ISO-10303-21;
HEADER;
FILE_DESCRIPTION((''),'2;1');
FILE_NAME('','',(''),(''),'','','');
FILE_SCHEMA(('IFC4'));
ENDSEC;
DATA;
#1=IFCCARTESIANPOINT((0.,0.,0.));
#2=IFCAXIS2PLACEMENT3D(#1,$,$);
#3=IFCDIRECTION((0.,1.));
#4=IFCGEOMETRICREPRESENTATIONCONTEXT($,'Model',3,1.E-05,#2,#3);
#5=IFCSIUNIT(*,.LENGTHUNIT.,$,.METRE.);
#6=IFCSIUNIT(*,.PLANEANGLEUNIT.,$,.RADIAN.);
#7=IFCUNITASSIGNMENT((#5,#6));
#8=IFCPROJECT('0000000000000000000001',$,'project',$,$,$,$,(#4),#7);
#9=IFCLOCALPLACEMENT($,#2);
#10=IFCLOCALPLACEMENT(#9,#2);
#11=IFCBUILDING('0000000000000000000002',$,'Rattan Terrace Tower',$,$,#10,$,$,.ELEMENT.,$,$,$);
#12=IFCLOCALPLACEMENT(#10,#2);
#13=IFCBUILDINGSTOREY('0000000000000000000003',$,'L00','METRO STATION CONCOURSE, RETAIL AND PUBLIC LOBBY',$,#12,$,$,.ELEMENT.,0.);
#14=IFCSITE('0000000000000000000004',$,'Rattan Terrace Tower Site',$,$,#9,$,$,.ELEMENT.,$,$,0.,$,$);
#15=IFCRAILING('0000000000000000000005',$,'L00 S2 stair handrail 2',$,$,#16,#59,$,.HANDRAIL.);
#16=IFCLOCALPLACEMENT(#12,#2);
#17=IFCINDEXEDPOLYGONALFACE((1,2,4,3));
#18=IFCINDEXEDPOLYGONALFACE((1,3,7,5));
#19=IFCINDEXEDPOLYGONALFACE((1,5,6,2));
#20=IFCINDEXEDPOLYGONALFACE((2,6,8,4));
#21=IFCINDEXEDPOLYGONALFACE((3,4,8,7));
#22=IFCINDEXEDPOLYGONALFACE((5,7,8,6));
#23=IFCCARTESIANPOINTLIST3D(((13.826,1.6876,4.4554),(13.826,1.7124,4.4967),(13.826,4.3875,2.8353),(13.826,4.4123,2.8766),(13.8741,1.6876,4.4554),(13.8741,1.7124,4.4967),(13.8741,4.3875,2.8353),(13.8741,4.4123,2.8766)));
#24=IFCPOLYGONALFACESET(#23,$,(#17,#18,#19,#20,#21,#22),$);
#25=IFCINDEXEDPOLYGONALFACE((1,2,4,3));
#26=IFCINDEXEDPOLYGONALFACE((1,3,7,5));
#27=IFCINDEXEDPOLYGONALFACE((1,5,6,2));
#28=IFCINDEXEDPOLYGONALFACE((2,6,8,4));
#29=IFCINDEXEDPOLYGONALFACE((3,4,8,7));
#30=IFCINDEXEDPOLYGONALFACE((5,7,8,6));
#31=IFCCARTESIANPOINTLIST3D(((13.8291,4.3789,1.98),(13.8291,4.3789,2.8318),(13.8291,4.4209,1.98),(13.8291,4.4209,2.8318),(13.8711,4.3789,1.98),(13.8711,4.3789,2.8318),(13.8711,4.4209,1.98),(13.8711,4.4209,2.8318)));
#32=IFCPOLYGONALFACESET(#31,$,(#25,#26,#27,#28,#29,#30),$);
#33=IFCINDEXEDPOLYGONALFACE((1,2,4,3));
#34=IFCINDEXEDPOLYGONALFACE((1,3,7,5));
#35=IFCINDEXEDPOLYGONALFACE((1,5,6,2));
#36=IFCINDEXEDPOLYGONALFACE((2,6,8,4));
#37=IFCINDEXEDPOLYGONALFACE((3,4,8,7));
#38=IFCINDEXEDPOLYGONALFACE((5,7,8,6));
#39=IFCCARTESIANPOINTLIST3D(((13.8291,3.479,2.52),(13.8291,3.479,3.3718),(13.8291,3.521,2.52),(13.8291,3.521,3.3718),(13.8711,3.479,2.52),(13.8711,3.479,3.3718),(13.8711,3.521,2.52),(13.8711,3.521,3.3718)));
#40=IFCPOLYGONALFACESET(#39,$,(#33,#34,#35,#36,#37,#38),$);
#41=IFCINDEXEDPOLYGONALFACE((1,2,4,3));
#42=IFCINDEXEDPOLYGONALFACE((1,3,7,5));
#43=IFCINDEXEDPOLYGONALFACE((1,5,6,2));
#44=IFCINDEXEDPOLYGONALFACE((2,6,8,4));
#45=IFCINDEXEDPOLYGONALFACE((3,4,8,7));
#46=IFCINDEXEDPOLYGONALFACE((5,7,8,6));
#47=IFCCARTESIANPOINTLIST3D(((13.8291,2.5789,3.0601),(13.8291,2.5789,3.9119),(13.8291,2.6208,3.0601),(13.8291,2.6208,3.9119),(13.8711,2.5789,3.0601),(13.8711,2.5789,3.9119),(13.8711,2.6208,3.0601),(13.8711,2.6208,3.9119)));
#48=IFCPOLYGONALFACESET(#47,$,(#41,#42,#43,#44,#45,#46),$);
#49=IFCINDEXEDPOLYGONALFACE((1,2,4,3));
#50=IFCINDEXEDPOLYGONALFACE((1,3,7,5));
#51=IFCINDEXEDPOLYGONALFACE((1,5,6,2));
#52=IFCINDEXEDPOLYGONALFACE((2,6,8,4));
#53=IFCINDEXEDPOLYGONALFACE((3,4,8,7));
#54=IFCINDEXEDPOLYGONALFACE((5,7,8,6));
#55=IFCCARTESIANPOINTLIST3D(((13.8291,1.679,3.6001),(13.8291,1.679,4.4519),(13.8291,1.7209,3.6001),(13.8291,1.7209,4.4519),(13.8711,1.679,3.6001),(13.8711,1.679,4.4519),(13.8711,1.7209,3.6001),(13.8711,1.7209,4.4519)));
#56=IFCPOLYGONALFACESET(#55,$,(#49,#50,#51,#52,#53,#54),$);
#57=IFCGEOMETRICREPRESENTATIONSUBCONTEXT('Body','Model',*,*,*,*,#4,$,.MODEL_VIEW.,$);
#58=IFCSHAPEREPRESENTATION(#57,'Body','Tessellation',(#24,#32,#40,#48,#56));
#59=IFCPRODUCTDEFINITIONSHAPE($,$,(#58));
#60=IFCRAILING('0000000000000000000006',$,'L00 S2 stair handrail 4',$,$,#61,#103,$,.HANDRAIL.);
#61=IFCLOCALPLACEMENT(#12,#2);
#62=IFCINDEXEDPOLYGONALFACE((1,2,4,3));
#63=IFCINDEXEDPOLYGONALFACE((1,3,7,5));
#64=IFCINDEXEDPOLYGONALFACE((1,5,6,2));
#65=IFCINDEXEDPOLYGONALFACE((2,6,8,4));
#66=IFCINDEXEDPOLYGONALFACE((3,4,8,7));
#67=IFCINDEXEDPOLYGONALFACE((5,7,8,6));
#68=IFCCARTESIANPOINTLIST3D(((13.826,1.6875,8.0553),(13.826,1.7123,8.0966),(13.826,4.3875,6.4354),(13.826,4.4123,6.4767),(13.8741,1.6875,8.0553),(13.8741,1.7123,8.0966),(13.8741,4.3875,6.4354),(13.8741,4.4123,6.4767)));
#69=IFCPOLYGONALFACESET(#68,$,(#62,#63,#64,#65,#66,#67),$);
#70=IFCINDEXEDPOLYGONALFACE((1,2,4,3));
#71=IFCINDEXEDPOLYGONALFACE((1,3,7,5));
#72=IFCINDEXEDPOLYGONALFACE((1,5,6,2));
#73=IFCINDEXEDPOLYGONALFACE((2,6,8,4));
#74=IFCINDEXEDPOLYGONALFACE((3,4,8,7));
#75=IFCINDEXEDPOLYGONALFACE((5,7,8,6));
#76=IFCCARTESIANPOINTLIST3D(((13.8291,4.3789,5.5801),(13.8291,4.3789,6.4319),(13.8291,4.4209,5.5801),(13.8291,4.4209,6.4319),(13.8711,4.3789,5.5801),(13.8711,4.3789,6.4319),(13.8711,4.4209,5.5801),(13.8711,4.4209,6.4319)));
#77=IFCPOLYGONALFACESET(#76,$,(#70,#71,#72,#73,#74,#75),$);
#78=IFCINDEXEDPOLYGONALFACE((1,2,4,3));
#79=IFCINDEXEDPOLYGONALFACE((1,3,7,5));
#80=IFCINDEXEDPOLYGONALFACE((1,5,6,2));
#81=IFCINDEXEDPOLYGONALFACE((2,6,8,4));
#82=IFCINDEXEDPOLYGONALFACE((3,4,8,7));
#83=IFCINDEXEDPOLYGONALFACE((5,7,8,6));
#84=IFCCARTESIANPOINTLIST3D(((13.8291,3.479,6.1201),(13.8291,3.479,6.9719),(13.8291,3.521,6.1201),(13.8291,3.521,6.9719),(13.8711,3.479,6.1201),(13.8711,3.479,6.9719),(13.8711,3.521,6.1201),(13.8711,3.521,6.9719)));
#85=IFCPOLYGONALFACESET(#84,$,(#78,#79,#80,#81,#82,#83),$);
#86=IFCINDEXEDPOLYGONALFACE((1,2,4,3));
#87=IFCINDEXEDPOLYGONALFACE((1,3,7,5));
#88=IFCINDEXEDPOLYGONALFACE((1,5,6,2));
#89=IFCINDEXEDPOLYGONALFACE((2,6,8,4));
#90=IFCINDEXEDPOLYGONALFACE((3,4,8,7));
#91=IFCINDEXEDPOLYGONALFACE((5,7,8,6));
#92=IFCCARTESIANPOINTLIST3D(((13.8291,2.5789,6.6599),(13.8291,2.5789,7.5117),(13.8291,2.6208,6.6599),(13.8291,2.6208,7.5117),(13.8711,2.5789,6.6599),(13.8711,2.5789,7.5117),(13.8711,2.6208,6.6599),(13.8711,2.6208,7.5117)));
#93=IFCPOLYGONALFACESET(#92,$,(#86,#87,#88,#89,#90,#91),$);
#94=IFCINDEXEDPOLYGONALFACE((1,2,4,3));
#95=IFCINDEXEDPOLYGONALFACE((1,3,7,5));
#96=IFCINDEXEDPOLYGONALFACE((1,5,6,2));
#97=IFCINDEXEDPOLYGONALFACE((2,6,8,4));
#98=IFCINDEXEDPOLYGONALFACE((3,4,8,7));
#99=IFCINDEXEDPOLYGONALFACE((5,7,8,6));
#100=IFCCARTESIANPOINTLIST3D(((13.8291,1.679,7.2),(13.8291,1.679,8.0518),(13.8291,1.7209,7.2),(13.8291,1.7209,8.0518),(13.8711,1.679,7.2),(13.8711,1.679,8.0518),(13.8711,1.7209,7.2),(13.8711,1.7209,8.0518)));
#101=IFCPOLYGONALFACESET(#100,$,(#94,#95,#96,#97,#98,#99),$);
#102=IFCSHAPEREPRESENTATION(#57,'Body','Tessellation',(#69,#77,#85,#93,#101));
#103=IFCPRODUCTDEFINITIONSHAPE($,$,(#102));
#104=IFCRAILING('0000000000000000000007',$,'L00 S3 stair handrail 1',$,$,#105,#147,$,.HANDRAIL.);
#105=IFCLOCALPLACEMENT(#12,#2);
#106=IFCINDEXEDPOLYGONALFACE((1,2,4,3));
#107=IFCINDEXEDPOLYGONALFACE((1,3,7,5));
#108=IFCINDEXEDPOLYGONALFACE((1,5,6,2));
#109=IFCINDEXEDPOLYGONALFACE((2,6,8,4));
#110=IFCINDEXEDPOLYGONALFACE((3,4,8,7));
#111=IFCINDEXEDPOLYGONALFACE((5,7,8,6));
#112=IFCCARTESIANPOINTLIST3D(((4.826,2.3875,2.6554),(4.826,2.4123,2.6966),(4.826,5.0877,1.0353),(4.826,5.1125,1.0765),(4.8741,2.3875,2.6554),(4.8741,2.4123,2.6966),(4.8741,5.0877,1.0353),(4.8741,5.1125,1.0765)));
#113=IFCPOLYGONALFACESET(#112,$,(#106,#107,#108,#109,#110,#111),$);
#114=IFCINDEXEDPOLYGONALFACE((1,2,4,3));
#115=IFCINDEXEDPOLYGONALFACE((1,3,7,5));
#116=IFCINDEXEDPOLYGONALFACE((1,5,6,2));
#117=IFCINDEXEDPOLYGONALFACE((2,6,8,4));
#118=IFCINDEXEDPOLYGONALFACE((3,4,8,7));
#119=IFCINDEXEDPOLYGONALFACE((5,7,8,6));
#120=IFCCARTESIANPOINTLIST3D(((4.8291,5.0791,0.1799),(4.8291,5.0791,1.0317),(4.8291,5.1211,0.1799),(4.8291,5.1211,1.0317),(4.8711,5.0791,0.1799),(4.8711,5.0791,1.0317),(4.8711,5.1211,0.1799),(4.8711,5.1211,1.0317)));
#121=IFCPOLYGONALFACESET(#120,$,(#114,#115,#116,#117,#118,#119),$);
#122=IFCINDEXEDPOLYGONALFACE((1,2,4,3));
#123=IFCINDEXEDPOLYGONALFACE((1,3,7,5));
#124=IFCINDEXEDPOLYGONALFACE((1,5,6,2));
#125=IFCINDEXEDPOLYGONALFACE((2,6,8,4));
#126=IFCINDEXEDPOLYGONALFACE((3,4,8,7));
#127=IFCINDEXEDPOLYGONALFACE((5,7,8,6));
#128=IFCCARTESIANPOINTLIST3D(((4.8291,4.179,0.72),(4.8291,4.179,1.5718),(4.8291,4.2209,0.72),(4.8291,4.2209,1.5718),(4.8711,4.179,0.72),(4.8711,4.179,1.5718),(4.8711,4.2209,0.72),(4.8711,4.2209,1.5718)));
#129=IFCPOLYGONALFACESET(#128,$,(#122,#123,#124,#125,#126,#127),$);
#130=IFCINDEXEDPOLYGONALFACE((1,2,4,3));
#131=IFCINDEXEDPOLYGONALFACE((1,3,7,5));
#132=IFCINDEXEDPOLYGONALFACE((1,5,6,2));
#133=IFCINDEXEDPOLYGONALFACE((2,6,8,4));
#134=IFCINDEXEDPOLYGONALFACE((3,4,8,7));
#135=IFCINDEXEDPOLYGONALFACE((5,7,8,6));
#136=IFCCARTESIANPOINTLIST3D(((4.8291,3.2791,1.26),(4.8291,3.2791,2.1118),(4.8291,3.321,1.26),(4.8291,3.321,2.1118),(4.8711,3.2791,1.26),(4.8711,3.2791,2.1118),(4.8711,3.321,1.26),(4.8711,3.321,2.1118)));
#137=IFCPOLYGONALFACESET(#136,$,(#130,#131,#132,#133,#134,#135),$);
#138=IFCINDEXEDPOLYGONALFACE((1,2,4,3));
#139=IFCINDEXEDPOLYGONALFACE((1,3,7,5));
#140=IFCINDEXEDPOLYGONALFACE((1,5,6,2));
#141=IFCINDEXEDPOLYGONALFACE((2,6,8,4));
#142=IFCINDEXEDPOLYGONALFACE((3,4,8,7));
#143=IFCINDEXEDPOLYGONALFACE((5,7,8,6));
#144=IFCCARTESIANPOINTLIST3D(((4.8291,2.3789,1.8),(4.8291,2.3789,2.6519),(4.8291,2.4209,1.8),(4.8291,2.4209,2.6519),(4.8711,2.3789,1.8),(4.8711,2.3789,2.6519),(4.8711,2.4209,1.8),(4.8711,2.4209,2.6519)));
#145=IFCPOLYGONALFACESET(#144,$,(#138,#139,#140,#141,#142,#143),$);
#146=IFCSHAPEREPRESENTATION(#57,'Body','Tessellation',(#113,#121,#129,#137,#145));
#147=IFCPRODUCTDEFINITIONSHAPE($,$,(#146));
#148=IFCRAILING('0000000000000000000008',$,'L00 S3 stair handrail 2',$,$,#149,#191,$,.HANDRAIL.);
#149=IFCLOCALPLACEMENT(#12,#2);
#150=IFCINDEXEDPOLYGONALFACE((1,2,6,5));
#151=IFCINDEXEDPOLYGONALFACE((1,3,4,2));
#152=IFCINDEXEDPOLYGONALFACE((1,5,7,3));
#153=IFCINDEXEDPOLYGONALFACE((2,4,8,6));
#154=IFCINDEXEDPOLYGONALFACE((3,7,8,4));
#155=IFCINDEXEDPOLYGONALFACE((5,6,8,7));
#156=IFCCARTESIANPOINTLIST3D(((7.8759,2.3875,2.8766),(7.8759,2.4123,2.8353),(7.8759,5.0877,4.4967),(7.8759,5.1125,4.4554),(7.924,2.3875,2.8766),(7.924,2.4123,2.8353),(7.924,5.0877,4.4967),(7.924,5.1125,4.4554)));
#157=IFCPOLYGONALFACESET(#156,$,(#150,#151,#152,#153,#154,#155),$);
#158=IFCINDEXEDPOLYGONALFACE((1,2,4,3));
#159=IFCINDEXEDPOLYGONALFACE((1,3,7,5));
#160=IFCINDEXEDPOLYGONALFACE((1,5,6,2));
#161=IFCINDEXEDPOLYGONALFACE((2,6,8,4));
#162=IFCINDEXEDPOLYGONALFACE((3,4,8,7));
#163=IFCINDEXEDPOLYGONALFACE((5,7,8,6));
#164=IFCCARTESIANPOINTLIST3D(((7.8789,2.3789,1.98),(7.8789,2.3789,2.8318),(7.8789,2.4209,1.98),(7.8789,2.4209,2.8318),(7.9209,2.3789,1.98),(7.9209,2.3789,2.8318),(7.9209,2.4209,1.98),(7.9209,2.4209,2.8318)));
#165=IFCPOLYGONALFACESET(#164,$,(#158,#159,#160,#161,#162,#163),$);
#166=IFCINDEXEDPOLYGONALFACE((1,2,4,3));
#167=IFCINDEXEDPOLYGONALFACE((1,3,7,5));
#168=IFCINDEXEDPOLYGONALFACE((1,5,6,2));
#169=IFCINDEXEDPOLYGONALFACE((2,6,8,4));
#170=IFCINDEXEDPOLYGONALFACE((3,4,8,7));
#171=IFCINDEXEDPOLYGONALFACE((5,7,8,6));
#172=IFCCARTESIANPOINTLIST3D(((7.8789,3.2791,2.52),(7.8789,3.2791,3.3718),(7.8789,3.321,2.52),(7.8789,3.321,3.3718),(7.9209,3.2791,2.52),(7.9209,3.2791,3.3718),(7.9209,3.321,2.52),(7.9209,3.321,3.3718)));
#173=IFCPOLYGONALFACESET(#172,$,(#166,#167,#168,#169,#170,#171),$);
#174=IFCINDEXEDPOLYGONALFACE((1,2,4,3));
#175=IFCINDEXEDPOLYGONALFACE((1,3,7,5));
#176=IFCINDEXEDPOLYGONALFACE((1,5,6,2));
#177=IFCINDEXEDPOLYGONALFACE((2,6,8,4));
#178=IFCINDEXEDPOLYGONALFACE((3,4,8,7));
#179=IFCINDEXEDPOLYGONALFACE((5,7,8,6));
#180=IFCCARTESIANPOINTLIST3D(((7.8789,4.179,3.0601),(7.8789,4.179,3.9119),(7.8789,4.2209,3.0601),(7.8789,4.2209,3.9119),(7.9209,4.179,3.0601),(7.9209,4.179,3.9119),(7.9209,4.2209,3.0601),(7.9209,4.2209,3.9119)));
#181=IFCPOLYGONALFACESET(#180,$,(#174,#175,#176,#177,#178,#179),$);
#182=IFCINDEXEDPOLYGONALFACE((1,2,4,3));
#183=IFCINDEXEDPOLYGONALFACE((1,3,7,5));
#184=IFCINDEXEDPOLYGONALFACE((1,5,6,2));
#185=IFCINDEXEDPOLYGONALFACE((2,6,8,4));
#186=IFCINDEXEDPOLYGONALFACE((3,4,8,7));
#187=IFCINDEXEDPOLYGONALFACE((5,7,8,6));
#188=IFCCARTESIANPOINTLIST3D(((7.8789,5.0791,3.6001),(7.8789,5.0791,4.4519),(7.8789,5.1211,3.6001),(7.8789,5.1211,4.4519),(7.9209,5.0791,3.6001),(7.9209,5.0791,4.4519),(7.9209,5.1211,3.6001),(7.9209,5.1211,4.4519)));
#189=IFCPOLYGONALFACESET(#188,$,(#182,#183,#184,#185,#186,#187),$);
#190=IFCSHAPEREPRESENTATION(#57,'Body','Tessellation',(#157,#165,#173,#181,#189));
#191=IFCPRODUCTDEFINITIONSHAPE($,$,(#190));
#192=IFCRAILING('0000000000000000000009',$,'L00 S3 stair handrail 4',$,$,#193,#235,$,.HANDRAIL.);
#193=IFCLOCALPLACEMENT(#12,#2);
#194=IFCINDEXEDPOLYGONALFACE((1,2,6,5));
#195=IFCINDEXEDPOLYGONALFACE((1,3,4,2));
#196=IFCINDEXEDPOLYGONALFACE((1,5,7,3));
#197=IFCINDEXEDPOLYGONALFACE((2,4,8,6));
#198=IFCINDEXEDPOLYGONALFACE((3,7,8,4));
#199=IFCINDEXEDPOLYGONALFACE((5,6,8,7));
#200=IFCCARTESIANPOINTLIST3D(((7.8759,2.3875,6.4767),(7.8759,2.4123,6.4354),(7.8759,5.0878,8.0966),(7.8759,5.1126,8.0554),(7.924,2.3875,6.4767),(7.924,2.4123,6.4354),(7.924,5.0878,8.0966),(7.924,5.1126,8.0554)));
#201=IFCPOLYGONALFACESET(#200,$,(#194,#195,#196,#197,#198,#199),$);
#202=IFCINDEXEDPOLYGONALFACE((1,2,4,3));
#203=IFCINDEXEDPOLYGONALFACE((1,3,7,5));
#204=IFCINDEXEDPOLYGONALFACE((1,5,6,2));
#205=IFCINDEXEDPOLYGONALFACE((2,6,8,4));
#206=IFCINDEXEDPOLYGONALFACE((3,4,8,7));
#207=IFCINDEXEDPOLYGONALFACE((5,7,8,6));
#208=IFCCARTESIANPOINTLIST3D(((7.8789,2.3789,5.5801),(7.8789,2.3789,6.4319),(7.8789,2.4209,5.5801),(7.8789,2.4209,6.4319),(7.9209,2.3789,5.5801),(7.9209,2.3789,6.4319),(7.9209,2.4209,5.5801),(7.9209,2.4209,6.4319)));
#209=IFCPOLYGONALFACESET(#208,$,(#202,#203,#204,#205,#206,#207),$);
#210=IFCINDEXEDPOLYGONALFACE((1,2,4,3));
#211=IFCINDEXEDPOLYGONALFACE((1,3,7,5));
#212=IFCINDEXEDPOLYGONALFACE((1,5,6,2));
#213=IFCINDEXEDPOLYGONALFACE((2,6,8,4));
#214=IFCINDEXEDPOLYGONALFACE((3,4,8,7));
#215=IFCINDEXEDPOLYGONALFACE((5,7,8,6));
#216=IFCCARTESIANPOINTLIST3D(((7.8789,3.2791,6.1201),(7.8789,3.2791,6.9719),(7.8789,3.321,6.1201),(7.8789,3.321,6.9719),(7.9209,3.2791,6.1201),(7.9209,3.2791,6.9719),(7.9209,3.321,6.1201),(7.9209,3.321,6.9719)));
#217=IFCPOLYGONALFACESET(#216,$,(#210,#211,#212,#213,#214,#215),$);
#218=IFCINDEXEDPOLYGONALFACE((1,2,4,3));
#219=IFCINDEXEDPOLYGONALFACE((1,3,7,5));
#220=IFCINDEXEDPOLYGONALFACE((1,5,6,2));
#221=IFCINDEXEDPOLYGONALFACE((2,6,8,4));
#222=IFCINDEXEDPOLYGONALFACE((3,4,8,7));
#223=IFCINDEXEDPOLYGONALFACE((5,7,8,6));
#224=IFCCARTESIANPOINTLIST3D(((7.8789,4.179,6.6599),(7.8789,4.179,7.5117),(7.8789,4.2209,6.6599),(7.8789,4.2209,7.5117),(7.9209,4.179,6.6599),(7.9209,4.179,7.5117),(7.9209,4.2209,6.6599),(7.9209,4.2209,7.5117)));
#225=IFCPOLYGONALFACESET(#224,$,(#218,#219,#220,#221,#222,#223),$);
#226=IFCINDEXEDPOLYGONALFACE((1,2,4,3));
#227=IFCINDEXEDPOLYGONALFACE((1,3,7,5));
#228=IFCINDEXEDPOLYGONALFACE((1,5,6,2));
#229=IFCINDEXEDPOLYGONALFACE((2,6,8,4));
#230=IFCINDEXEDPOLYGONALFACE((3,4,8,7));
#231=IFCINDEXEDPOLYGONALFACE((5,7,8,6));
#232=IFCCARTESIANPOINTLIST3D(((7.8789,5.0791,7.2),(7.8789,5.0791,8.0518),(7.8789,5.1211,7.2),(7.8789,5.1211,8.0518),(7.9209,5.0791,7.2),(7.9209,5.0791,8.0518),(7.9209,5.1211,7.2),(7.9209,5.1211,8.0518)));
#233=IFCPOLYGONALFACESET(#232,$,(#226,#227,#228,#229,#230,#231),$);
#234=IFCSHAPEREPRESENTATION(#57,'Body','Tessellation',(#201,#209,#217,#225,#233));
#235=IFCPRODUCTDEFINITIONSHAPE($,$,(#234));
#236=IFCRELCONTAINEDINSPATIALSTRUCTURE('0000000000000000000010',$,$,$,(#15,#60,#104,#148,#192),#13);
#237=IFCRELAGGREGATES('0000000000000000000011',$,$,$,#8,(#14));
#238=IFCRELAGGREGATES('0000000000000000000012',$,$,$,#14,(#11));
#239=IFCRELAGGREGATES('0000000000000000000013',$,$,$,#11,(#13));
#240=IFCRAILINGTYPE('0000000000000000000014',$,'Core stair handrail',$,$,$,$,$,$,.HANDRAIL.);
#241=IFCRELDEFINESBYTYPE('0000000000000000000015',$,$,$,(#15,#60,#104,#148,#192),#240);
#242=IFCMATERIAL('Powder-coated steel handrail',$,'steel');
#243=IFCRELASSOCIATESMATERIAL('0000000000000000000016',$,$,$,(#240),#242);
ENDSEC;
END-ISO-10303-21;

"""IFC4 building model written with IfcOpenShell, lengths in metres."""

from ifc_helpers import new_model, si_unit, direction, frame, origin, origin_2d, place, context, subcontext, project, spatial, rectangle, extrude, material, type_object, element, save


model = new_model("IFC4")

# Units and contexts
model_context = context("Model", 3, precision=1e-05, world=origin(), true_north=direction((0.0, 1.0)))
body_context = subcontext(model_context, "Body", "Model", "MODEL_VIEW")
ifc_project = project(units=[si_unit("LENGTHUNIT", "METRE"), si_unit("PLANEANGLEUNIT", "RADIAN")], contexts=[model_context])

# Site, building, storey
site_placement = place(None, origin())
site = spatial("IfcSite", under=ifc_project, at=site_placement, Name="Rattan Terrace Tower Site", CompositionType="ELEMENT", RefElevation=0.0)
building_placement = place(site_placement, origin())
building = spatial("IfcBuilding", under=site, at=building_placement, Name="Rattan Terrace Tower", CompositionType="ELEMENT")
storey_placement = place(building_placement, origin())
storey = spatial("IfcBuildingStorey", under=building, at=storey_placement, Name="L00", Description="METRO STATION CONCOURSE, RETAIL AND PUBLIC LOBBY", CompositionType="ELEMENT", Elevation=0.0)

# Railings
ifc_material_1 = material(Name="Powder-coated steel handrail", Category="steel")
railing_type_1 = type_object("IfcRailingType", Name="Core stair handrail", PredefinedType="HANDRAIL", material=ifc_material_1)
railing_1_placement = place(storey_placement, frame((13.8501, 4.3999, 1.98)))
element("IfcRailing", 1, at=railing_1_placement, inside=storey, type_object=railing_type_1, Name="L00 S2 stair handrail 2", PredefinedType="HANDRAIL", context=body_context, shape_type="SweptSolid", body=[
    extrude(rectangle(XDim=0.0481, YDim=0.0481, at=origin_2d()), frame((0.0, 0.0, 0.876), z_axis=(0.0, -0.857472, 0.51453), x_axis=(1.0, 0.0, 0.0)), (0.0, 0.0, 1.0), 3.1487),
    extrude(rectangle(XDim=0.042, YDim=0.042, at=origin_2d()), origin(), (0.0, 0.0, 1.0), 0.8518),
    extrude(rectangle(XDim=0.042, YDim=0.042, at=origin_2d()), frame((0.0, -0.8999, 0.54)), (0.0, 0.0, 1.0), 0.8518),
    extrude(rectangle(XDim=0.042, YDim=0.042, at=origin_2d()), frame((0.0, -1.8, 1.0801)), (0.0, 0.0, 1.0), 0.8518),
    extrude(rectangle(XDim=0.042, YDim=0.042, at=origin_2d()), frame((0.0, -2.7, 1.6201)), (0.0, 0.0, 1.0), 0.8518),
])
railing_2_placement = place(storey_placement, frame((13.8501, 4.3999, 5.5801)))
element("IfcRailing", 2, at=railing_2_placement, inside=storey, type_object=railing_type_1, Name="L00 S2 stair handrail 4", PredefinedType="HANDRAIL", context=body_context, shape_type="SweptSolid", body=[
    extrude(rectangle(XDim=0.0481, YDim=0.0481, at=origin_2d()), frame((0.0, 0.0, 0.876), z_axis=(0.0, -0.857507, 0.514473), x_axis=(1.0, 0.0, 0.0)), (0.0, 0.0, 1.0), 3.1487),
    extrude(rectangle(XDim=0.042, YDim=0.042, at=origin_2d()), origin(), (0.0, 0.0, 1.0), 0.8518),
    extrude(rectangle(XDim=0.042, YDim=0.042, at=origin_2d()), frame((0.0, -0.8999, 0.54)), (0.0, 0.0, 1.0), 0.8518),
    extrude(rectangle(XDim=0.042, YDim=0.042, at=origin_2d()), frame((0.0, -1.8, 1.0798)), (0.0, 0.0, 1.0), 0.8518),
    extrude(rectangle(XDim=0.042, YDim=0.042, at=origin_2d()), frame((0.0, -2.7, 1.6199)), (0.0, 0.0, 1.0), 0.8518),
])
railing_3_placement = place(storey_placement, frame((4.8501, 5.1001, 0.1799)))
element("IfcRailing", 3, at=railing_3_placement, inside=storey, type_object=railing_type_1, Name="L00 S3 stair handrail 1", PredefinedType="HANDRAIL", context=body_context, shape_type="SweptSolid", body=[
    extrude(rectangle(XDim=0.0481, YDim=0.0481, at=origin_2d()), frame((0.0, 0.0, 0.876), z_axis=(0.0, -0.857493, 0.514496), x_axis=(1.0, 0.0, 0.0)), (0.0, 0.0, 1.0), 3.1489),
    extrude(rectangle(XDim=0.042, YDim=0.042, at=origin_2d()), origin(), (0.0, 0.0, 1.0), 0.8518),
    extrude(rectangle(XDim=0.042, YDim=0.042, at=origin_2d()), frame((0.0, -0.9001, 0.54)), (0.0, 0.0, 1.0), 0.8518),
    extrude(rectangle(XDim=0.042, YDim=0.042, at=origin_2d()), frame((0.0, -1.8, 1.0801)), (0.0, 0.0, 1.0), 0.8518),
    extrude(rectangle(XDim=0.042, YDim=0.042, at=origin_2d()), frame((0.0, -2.7002, 1.6201)), (0.0, 0.0, 1.0), 0.8518),
])
railing_4_placement = place(storey_placement, frame((7.8999, 2.3999, 1.98)))
element("IfcRailing", 4, at=railing_4_placement, inside=storey, type_object=railing_type_1, Name="L00 S3 stair handrail 2", PredefinedType="HANDRAIL", context=body_context, shape_type="SweptSolid", body=[
    extrude(rectangle(XDim=0.0481, YDim=0.0481, at=origin_2d()), frame((0.0, 0.0, 0.876), z_axis=(0.0, 0.857493, 0.514496), x_axis=(-1.0, 0.0, 0.0)), (0.0, 0.0, 1.0), 3.1489),
    extrude(rectangle(XDim=0.042, YDim=0.042, at=origin_2d()), origin(), (0.0, 0.0, 1.0), 0.8518),
    extrude(rectangle(XDim=0.042, YDim=0.042, at=origin_2d()), frame((0.0, 0.9001, 0.54)), (0.0, 0.0, 1.0), 0.8518),
    extrude(rectangle(XDim=0.042, YDim=0.042, at=origin_2d()), frame((0.0, 1.8, 1.0801)), (0.0, 0.0, 1.0), 0.8518),
    extrude(rectangle(XDim=0.042, YDim=0.042, at=origin_2d()), frame((0.0, 2.7002, 1.6201)), (0.0, 0.0, 1.0), 0.8518),
])
railing_5_placement = place(storey_placement, frame((7.8999, 2.3999, 5.5801)))
element("IfcRailing", 5, at=railing_5_placement, inside=storey, type_object=railing_type_1, Name="L00 S3 stair handrail 4", PredefinedType="HANDRAIL", context=body_context, shape_type="SweptSolid", body=[
    extrude(rectangle(XDim=0.0481, YDim=0.0481, at=origin_2d()), frame((0.0, 0.0, 0.876), z_axis=(0.0, 0.857527, 0.514439), x_axis=(-1.0, 0.0, 0.0)), (0.0, 0.0, 1.0), 3.1489),
    extrude(rectangle(XDim=0.042, YDim=0.042, at=origin_2d()), origin(), (0.0, 0.0, 1.0), 0.8518),
    extrude(rectangle(XDim=0.042, YDim=0.042, at=origin_2d()), frame((0.0, 0.9001, 0.54)), (0.0, 0.0, 1.0), 0.8518),
    extrude(rectangle(XDim=0.042, YDim=0.042, at=origin_2d()), frame((0.0, 1.8, 1.0798)), (0.0, 0.0, 1.0), 0.8518),
    extrude(rectangle(XDim=0.042, YDim=0.042, at=origin_2d()), frame((0.0, 2.7002, 1.6199)), (0.0, 0.0, 1.0), 0.8518),
])

save(model, "model.ifc")
